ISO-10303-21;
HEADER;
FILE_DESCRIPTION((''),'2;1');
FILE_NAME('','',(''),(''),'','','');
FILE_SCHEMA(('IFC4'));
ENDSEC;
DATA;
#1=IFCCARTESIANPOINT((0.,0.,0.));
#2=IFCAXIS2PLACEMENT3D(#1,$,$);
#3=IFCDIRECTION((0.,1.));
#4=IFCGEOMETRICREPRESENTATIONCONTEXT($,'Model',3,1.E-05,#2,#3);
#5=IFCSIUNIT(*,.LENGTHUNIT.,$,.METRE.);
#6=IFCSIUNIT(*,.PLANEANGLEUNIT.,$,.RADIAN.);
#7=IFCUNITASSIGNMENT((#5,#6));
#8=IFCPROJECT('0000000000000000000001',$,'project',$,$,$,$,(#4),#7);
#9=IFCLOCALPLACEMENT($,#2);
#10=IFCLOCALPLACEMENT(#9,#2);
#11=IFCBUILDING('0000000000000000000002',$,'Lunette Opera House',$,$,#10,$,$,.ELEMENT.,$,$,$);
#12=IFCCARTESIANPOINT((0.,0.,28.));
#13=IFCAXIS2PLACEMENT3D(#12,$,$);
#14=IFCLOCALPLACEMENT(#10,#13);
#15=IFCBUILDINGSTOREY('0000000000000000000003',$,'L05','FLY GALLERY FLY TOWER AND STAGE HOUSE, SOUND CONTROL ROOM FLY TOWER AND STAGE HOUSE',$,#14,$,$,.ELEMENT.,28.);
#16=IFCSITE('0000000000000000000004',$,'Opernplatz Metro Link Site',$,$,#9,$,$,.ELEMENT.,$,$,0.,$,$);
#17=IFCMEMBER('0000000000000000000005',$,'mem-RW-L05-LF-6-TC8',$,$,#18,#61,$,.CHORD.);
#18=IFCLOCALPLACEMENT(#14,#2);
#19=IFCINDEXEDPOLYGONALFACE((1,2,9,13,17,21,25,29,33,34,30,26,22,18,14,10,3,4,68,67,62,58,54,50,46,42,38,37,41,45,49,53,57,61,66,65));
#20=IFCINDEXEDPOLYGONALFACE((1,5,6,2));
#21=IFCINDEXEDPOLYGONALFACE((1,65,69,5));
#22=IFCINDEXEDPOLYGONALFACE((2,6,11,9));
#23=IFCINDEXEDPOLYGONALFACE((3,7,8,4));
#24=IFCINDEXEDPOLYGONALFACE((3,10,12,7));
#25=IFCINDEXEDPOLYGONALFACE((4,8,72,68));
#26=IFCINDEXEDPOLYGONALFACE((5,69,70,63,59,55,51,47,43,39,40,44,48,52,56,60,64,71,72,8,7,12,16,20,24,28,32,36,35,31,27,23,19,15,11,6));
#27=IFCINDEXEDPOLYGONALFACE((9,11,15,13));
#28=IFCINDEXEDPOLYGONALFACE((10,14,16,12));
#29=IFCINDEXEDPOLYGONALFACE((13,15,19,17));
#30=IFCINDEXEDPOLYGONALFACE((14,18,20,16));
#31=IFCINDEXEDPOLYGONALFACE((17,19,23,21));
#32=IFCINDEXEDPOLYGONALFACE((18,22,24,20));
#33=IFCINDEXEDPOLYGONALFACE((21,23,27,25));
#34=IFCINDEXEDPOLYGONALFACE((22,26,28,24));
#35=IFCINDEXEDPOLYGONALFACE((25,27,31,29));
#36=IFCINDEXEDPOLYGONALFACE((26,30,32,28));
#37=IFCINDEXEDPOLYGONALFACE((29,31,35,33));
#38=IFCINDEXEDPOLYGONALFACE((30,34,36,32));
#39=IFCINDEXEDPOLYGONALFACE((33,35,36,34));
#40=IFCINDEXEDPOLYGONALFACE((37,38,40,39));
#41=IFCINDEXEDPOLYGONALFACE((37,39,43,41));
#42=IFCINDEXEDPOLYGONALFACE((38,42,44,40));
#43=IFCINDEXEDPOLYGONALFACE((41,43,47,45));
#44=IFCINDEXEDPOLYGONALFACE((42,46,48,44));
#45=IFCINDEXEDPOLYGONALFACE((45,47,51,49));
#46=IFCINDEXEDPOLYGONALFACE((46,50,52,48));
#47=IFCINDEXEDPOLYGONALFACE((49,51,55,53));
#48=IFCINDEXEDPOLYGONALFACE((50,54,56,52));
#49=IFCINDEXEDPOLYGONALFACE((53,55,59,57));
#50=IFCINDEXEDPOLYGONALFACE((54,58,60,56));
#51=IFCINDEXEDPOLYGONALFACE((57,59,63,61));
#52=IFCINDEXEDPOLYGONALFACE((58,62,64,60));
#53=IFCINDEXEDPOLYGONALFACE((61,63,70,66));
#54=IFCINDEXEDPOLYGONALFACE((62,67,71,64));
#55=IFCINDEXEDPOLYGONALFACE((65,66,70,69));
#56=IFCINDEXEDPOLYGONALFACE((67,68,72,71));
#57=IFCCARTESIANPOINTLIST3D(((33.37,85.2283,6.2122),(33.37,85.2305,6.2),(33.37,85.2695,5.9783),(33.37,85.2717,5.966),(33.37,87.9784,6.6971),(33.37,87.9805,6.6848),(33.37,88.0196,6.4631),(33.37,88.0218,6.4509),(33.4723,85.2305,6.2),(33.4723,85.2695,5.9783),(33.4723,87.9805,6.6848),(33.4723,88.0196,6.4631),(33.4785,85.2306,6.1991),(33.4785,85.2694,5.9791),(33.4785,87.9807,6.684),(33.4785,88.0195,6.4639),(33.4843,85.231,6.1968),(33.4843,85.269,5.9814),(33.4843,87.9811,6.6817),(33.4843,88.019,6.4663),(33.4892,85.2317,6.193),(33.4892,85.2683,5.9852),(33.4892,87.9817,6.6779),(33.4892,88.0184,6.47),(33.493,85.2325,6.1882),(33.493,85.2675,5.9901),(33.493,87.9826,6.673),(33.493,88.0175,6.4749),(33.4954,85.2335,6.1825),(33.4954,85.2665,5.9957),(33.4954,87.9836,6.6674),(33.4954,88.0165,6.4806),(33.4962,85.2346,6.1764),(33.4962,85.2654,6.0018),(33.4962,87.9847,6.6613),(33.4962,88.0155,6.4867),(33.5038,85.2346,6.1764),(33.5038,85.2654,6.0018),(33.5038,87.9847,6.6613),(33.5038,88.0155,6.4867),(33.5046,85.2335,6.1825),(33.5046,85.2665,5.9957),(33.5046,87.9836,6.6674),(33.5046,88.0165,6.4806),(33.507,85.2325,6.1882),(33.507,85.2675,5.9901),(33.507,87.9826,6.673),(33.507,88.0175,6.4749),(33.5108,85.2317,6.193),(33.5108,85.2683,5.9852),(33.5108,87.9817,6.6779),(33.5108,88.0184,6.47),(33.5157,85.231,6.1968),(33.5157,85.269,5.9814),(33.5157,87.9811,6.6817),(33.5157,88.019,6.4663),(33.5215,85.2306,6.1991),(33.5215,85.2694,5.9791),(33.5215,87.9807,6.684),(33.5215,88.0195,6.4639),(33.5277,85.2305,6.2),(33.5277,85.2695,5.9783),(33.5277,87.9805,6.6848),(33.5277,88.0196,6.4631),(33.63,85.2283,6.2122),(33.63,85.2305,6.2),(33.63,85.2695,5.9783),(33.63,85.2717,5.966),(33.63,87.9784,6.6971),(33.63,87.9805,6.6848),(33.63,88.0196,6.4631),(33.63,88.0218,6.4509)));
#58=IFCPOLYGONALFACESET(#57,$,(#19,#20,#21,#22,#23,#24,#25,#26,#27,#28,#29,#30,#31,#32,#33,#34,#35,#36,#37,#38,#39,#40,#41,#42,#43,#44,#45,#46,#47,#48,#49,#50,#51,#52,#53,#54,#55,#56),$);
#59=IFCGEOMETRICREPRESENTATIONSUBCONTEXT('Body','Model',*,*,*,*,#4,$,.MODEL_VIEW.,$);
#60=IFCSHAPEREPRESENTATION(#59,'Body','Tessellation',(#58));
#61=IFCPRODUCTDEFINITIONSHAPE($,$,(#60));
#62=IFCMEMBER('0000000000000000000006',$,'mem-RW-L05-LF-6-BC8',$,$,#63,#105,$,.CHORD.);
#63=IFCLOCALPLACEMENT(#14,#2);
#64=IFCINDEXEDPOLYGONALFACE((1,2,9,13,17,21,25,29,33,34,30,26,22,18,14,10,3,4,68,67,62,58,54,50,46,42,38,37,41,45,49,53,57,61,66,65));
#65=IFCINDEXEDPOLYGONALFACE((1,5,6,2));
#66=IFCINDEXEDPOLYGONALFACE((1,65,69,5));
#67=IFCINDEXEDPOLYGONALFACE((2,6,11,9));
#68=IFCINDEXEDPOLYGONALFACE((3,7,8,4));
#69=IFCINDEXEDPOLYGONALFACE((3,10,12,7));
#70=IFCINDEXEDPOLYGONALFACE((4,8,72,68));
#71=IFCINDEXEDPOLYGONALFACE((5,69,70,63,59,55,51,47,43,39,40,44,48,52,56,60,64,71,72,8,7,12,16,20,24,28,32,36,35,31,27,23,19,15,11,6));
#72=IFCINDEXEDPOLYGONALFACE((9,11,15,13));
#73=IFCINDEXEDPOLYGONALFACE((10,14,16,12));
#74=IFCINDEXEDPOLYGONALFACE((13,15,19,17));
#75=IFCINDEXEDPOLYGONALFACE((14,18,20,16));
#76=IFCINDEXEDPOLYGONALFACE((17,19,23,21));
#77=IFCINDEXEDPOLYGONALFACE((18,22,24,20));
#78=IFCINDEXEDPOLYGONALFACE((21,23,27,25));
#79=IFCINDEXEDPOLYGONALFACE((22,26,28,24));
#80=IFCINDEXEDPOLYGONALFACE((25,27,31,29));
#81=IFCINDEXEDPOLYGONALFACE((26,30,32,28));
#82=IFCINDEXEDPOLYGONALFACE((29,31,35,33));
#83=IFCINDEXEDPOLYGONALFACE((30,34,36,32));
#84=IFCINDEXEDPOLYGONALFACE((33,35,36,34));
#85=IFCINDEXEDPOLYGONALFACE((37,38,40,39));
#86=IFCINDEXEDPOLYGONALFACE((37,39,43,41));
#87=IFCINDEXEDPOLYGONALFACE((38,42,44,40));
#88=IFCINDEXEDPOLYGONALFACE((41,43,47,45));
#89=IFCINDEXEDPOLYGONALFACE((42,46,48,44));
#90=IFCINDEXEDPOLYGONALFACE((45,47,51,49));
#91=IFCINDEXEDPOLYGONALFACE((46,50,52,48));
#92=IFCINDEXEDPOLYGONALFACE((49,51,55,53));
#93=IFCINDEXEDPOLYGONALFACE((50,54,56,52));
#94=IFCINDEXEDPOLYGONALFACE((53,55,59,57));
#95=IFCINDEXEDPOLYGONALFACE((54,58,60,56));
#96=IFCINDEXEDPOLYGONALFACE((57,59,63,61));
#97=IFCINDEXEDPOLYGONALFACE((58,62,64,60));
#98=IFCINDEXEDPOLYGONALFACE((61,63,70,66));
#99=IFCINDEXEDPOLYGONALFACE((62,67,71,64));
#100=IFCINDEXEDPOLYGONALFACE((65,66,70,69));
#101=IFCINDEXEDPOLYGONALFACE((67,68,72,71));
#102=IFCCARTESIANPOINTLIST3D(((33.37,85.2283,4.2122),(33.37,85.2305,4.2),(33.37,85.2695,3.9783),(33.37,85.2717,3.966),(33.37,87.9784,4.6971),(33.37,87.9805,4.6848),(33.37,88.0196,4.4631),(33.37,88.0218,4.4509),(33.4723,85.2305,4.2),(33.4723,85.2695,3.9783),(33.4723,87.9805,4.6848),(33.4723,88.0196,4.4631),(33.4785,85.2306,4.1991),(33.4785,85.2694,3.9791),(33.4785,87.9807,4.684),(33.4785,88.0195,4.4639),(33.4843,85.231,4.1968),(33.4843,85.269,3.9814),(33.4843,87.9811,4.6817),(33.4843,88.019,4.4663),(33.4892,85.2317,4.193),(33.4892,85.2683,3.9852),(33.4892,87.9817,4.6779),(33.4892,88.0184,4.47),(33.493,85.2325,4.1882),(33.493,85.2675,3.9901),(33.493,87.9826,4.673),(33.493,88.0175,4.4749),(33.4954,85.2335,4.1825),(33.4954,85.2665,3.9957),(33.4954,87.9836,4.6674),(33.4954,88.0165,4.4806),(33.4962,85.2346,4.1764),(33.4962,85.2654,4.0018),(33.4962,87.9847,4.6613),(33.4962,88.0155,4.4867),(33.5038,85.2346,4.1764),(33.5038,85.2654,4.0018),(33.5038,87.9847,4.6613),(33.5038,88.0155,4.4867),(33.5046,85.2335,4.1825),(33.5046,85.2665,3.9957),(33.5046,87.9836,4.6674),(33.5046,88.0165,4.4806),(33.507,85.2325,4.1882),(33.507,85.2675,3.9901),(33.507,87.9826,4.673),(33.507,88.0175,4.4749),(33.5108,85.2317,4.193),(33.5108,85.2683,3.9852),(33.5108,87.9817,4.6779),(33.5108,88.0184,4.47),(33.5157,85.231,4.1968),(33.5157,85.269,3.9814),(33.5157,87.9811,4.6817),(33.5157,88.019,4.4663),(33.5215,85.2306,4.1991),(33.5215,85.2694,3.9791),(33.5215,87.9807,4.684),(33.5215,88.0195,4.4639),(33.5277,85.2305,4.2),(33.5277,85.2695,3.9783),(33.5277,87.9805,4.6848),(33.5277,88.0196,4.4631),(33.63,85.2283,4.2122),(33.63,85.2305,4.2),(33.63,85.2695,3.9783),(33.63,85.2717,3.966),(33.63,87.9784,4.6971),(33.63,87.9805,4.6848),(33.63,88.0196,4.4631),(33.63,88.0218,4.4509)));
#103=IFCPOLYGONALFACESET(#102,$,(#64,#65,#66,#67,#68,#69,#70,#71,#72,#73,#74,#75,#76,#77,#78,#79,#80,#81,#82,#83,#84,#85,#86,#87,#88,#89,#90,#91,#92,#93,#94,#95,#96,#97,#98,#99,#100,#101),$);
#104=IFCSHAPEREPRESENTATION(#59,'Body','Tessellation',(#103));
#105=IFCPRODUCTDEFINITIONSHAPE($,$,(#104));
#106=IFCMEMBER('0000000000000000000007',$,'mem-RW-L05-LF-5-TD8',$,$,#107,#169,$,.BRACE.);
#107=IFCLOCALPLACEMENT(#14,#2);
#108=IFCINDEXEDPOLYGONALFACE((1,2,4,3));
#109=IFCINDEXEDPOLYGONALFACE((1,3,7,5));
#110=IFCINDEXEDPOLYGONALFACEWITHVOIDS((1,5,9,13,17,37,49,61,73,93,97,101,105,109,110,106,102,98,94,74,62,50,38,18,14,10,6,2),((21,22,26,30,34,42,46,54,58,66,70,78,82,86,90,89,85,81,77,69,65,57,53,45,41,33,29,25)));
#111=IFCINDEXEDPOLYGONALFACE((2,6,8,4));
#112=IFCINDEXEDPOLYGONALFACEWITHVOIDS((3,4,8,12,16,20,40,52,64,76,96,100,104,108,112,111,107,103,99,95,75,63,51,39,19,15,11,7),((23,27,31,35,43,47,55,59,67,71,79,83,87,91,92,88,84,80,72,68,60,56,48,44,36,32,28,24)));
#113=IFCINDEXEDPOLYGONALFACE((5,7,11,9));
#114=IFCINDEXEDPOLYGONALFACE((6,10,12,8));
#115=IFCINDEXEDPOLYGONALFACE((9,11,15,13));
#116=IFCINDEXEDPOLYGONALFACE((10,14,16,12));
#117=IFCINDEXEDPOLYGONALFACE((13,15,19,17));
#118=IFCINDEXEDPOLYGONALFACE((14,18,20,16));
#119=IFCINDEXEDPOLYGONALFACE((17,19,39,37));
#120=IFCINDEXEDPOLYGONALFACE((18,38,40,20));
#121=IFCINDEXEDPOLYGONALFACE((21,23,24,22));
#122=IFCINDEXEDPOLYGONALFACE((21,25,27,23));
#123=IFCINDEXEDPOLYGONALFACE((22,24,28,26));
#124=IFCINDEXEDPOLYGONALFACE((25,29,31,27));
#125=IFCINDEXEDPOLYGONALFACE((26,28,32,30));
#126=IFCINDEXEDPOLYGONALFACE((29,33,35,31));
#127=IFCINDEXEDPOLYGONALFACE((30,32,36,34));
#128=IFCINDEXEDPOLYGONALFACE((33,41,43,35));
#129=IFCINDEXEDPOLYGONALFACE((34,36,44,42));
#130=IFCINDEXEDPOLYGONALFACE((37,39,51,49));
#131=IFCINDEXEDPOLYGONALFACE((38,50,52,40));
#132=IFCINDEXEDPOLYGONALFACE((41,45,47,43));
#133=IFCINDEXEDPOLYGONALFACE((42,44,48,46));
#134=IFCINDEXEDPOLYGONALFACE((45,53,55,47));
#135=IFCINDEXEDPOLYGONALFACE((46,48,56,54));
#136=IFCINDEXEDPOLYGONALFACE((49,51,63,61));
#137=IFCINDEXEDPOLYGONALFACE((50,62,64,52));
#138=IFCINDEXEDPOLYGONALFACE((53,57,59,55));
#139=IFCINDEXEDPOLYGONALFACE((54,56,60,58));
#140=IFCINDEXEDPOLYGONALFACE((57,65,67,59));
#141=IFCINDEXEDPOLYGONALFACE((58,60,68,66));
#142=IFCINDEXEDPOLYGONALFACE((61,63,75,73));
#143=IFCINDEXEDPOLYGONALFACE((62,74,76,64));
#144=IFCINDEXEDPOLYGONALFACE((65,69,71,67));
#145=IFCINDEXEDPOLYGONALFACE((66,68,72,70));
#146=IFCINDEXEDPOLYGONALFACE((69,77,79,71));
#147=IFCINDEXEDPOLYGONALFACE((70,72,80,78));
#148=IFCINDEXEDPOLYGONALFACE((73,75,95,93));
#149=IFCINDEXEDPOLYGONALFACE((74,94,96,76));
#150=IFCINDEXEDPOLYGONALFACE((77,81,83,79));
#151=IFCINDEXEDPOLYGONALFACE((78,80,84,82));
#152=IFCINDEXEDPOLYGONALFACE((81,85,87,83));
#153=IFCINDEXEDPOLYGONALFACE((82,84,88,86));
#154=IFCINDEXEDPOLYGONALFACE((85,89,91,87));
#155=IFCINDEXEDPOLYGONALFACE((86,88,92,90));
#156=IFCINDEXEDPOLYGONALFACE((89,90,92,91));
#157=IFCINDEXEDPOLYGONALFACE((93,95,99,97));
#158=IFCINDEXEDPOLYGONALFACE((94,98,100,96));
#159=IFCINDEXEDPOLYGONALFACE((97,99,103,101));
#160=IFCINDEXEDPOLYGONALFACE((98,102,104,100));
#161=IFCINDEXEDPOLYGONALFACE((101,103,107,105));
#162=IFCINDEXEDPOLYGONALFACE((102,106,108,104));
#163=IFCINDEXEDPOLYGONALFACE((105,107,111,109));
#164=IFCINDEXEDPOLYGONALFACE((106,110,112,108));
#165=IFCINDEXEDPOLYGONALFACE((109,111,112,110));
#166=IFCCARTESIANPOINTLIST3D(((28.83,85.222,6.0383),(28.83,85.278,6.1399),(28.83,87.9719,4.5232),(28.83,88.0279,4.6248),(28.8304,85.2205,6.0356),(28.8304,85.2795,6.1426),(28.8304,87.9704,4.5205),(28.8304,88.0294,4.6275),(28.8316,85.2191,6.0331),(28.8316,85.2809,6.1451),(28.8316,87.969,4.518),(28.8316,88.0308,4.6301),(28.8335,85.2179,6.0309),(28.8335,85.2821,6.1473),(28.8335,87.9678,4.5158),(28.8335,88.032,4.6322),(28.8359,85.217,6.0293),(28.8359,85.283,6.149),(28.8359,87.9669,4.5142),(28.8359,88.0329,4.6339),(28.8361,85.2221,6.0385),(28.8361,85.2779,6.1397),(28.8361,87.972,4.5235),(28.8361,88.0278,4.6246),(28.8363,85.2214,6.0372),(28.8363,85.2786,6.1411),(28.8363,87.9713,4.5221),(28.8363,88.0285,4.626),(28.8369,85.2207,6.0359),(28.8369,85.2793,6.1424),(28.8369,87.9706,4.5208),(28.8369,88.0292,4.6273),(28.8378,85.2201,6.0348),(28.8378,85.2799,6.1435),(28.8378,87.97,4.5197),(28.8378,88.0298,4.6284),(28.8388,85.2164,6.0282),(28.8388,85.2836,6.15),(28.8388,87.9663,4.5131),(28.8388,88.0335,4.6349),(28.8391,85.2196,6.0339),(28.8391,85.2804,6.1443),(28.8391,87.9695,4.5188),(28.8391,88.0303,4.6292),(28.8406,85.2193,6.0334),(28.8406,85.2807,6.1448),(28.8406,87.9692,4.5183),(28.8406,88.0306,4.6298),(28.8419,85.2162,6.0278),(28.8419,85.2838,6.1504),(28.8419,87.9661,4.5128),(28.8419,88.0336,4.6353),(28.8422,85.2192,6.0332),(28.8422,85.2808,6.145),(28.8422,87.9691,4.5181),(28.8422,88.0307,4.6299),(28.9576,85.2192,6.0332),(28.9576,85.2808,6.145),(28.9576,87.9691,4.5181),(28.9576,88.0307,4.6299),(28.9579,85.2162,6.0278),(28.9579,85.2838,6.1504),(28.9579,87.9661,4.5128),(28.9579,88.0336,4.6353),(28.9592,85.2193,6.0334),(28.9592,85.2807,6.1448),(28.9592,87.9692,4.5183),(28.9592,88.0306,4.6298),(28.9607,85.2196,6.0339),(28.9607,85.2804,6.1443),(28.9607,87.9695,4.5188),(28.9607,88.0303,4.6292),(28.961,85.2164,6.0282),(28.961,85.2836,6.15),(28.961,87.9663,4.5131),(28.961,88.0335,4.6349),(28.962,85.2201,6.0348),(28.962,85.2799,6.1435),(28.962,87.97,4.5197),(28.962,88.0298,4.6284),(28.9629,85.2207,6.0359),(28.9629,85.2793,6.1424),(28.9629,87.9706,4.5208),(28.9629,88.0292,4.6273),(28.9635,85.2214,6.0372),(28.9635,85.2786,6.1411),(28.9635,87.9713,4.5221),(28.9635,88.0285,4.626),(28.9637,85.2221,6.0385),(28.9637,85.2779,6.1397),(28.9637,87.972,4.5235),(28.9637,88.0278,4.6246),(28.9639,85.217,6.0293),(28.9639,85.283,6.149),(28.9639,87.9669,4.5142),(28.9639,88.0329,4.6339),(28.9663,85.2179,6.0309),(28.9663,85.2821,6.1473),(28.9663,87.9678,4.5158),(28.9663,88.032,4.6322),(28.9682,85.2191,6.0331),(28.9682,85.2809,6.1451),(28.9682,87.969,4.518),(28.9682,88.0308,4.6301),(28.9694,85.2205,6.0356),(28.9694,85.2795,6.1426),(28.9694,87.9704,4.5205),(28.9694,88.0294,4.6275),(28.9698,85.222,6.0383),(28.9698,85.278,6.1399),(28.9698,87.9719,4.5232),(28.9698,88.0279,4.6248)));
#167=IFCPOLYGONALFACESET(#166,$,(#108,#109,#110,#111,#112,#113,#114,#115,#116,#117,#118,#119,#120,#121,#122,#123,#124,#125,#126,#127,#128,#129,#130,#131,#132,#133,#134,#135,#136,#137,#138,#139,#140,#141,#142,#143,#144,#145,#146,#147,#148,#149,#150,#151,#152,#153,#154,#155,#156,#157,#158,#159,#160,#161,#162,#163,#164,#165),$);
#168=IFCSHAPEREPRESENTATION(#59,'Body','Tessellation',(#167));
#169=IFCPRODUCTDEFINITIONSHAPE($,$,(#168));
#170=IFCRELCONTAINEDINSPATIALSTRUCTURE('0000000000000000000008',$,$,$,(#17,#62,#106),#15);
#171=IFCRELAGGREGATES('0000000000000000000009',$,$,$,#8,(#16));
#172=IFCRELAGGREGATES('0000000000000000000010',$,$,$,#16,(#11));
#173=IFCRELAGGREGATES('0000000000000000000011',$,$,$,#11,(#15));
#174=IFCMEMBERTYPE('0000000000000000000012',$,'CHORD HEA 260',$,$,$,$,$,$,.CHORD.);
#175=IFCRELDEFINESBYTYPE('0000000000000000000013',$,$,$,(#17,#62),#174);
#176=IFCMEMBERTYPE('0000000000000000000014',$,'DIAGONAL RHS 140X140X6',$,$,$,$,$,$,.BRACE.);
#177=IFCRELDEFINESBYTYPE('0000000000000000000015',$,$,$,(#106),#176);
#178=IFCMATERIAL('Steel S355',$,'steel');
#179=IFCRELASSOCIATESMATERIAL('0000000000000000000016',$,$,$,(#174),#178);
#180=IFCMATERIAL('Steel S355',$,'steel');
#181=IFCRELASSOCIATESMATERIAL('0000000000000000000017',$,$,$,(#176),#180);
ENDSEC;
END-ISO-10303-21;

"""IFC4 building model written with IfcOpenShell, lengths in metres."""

from ifc_helpers import new_model, si_unit, direction, frame, origin, origin_2d, place, context, subcontext, project, spatial, hollow_rectangle, i_section, extrude, material, material_profile, profile_set, type_object, element, save


model = new_model("IFC4")

# Units and contexts
model_context = context("Model", 3, precision=1e-05, world=origin(), true_north=direction((0.0, 1.0)))
body_context = subcontext(model_context, "Body", "Model", "MODEL_VIEW")
ifc_project = project(units=[si_unit("LENGTHUNIT", "METRE"), si_unit("PLANEANGLEUNIT", "RADIAN")], contexts=[model_context])

# Site, building, storey
site_placement = place(None, origin())
site = spatial("IfcSite", under=ifc_project, at=site_placement, Name="Opernplatz Metro Link Site", CompositionType="ELEMENT", RefElevation=0.0)
building_placement = place(site_placement, origin())
building = spatial("IfcBuilding", under=site, at=building_placement, Name="Lunette Opera House", CompositionType="ELEMENT")
storey_placement = place(building_placement, frame((0.0, 0.0, 28.0)))
storey = spatial("IfcBuildingStorey", under=building, at=storey_placement, Name="L05", Description="FLY GALLERY FLY TOWER AND STAGE HOUSE, SOUND CONTROL ROOM FLY TOWER AND STAGE HOUSE", CompositionType="ELEMENT", Elevation=28.0)

# Members
ifc_material_1 = material(Name="Steel S355", Category="steel")
ifc_material_profile_1 = material_profile(ifc_material_1, i_section(OverallWidth=0.26, OverallDepth=0.25, WebThickness=0.0076, FlangeThickness=0.0125, FilletRadius=0.0239, at=origin_2d()), Name="HEA 260")
ifc_profile_set_1 = profile_set([ifc_material_profile_1], Name="Steel S355")
member_type_1 = type_object("IfcMemberType", Name="CHORD HEA 260", PredefinedType="CHORD", material=ifc_profile_set_1)
for number, where, z_axis, x_axis, name in (
    (1, (33.5, 85.25, 6.0891), (0.0, 0.98481, 0.173636), (-1.0, 0.0, 0.0), "mem-RW-L05-LF-6-TC8"),
    (2, (33.5, 85.25, 4.0891), (0.0, 0.98481, 0.173636), (-1.0, 0.0, 0.0), "mem-RW-L05-LF-6-BC8"),
):
    element("IfcMember", number, at=place(storey_placement, frame(where, z_axis=z_axis, x_axis=x_axis)), inside=storey, type_object=member_type_1, Name=name, PredefinedType="CHORD", context=body_context, shape_type="SweptSolid", body=[
        extrude(i_section(OverallWidth=0.26, OverallDepth=0.25, WebThickness=0.0076, FlangeThickness=0.0125, FilletRadius=0.0239, at=origin_2d()), origin(), (0.0, 0.0, 1.0), 2.7925),
    ])
ifc_material_2 = material(Name="Steel S355", Category="steel")
ifc_material_profile_2 = material_profile(ifc_material_2, hollow_rectangle(XDim=0.1399, YDim=0.1399, WallThickness=0.0061, InnerFilletRadius=0.0061, OuterFilletRadius=0.012, at=origin_2d()), Name="RHS 140X140X6")
ifc_profile_set_2 = profile_set([ifc_material_profile_2], Name="Steel S355")
member_type_2 = type_object("IfcMemberType", Name="DIAGONAL RHS 140X140X6", PredefinedType="BRACE", material=ifc_profile_set_2)
member_1_placement = place(storey_placement, frame((28.8999, 85.25, 6.0891), z_axis=(0.0, 0.875861, -0.482563), x_axis=(-1.0, 0.0, 0.0)))
element("IfcMember", 3, at=member_1_placement, inside=storey, type_object=member_type_2, Name="mem-RW-L05-LF-5-TD8", PredefinedType="BRACE", context=body_context, shape_type="SweptSolid", body=[
    extrude(hollow_rectangle(XDim=0.1399, YDim=0.1399, WallThickness=0.0061, InnerFilletRadius=0.0061, OuterFilletRadius=0.012, at=origin_2d()), origin(), (0.0, 0.0, 1.0), 3.1396),
])

save(model, "model.ifc")
